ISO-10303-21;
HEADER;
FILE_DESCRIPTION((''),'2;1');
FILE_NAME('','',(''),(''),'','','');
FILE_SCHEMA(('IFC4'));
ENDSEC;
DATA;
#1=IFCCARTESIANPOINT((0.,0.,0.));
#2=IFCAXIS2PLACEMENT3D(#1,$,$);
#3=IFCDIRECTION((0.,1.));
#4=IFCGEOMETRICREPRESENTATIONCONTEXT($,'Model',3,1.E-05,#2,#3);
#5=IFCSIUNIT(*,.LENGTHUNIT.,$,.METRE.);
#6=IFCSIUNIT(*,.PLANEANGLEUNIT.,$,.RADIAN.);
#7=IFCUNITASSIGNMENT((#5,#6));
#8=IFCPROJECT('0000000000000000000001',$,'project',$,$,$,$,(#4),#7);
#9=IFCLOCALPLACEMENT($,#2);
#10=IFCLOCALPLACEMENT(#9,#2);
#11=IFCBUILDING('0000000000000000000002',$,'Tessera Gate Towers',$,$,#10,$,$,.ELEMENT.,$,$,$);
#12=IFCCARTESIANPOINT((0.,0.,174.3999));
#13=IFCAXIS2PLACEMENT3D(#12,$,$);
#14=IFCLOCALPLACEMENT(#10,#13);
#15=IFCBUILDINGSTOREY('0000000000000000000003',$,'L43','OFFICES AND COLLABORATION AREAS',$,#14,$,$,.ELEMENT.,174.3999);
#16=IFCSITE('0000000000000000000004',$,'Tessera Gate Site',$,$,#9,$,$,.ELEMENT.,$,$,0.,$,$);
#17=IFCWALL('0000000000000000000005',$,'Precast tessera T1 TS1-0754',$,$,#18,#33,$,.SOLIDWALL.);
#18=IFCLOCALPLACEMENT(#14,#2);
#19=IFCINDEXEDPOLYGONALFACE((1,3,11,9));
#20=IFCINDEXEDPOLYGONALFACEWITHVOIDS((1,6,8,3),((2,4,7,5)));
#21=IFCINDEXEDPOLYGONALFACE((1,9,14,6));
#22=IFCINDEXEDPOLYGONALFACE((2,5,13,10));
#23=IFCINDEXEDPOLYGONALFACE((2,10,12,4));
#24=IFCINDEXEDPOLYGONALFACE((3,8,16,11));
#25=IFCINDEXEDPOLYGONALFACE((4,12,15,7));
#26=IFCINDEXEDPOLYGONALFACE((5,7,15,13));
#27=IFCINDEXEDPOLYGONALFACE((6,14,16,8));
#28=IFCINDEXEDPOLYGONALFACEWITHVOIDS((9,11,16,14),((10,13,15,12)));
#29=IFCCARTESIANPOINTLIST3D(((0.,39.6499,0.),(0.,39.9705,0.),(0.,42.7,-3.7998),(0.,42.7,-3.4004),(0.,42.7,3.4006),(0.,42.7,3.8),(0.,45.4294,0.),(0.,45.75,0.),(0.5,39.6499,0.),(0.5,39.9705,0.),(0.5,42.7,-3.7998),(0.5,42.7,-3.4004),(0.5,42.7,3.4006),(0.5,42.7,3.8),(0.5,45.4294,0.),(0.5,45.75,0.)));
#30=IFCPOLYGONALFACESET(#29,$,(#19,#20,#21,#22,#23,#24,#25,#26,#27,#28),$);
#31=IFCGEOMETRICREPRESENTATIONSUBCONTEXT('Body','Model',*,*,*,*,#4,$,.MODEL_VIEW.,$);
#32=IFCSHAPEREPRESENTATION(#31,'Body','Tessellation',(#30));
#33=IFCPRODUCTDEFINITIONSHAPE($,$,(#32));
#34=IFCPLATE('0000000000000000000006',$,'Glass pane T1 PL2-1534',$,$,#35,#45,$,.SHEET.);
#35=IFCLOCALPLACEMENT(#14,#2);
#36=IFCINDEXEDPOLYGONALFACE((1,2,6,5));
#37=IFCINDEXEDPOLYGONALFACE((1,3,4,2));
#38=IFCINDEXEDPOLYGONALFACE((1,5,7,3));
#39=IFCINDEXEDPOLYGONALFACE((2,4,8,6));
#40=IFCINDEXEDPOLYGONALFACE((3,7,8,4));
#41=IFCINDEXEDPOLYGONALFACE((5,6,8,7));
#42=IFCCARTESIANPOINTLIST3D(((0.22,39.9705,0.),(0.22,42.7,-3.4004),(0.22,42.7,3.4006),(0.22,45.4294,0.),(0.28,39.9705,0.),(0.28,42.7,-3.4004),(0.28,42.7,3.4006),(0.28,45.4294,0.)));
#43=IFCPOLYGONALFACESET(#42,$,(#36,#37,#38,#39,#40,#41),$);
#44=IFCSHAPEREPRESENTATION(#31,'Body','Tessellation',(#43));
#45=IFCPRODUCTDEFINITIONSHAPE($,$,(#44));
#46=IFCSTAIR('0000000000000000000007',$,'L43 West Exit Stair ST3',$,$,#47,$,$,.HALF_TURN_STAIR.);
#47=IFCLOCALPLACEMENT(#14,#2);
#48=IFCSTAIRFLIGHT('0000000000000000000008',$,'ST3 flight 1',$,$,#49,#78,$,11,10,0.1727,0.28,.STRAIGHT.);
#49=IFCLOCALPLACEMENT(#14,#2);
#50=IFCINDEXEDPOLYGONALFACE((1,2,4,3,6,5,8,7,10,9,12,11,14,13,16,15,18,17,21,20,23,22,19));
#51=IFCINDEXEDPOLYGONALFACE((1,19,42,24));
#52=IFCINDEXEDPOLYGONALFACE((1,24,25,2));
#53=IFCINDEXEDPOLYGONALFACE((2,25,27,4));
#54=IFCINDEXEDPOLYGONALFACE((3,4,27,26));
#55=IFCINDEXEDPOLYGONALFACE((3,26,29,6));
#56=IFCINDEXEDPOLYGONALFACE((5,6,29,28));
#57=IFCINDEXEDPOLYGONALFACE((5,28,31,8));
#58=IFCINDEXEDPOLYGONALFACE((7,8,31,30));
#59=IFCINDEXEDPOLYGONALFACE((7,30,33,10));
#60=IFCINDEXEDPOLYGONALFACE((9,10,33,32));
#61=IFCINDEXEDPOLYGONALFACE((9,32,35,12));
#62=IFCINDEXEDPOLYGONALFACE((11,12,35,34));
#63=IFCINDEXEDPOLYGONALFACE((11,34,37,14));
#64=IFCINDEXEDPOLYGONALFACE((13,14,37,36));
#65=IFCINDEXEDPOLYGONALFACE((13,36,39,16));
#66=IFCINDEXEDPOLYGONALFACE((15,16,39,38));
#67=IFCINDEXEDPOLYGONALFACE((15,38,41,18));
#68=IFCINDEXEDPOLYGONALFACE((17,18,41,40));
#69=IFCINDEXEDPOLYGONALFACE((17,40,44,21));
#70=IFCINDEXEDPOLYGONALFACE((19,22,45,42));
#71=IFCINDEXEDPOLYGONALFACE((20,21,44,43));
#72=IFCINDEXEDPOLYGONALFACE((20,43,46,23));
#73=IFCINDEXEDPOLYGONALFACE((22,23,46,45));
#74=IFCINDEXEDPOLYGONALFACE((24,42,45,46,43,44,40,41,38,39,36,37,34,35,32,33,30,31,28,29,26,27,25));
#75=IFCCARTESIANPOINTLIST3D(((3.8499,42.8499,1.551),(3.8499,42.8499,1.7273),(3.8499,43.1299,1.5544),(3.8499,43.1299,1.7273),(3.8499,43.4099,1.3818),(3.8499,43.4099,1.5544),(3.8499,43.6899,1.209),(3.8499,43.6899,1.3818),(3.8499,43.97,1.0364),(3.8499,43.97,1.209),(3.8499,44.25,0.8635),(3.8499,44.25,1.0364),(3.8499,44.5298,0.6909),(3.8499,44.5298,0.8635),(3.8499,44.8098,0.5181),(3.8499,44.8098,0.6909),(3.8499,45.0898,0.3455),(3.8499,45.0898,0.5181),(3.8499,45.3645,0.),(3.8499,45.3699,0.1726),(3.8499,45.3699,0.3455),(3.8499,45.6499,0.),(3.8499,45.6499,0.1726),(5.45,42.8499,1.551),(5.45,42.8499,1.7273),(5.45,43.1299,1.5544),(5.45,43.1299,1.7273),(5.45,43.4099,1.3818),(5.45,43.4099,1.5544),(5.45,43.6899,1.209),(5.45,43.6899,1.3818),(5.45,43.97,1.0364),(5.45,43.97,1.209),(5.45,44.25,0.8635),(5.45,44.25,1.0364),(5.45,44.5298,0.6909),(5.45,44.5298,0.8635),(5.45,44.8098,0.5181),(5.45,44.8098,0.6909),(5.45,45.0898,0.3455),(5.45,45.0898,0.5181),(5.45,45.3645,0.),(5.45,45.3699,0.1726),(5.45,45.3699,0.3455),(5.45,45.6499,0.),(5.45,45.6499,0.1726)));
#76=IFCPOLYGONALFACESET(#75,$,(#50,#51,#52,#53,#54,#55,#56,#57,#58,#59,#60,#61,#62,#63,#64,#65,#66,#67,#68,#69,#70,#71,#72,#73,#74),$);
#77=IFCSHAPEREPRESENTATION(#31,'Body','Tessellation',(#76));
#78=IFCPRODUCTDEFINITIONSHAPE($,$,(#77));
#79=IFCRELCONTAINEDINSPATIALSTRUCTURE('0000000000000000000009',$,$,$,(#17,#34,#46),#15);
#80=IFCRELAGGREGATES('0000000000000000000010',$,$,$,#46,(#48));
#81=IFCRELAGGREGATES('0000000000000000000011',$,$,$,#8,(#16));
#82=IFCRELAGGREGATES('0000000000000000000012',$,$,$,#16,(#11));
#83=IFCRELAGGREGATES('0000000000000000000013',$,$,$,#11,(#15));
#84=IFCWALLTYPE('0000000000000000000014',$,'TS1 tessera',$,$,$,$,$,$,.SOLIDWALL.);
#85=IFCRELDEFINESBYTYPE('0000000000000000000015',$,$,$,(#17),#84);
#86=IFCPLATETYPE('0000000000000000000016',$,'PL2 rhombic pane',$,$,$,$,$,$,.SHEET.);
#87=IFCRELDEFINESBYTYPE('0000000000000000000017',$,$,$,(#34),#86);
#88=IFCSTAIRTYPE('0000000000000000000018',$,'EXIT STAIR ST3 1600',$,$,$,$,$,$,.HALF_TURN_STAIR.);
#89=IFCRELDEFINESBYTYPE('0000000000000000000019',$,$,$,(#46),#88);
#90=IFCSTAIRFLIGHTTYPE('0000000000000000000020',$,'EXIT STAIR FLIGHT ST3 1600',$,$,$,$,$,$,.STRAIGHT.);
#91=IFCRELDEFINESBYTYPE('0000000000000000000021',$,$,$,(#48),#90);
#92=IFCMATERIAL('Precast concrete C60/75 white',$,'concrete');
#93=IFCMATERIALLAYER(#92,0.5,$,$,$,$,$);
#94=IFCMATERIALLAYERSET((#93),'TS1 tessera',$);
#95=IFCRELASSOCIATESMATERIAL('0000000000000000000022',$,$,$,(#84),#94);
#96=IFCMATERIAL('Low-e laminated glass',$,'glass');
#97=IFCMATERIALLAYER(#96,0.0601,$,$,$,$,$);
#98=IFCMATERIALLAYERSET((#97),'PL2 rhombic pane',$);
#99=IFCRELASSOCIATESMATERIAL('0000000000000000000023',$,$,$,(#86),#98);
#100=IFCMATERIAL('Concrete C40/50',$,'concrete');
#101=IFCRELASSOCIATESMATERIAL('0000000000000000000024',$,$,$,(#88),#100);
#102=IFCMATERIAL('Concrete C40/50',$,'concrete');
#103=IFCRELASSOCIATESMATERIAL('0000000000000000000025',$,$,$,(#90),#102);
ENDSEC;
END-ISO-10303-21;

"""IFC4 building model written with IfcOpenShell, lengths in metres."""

from ifc_helpers import new_model, si_unit, direction, frame, origin, place, context, subcontext, project, spatial, polyline, outline, extrude, source, transform, mapped, material, layer, layer_set, type_object, element, fill, aggregate, save


model = new_model("IFC4")

# Units and contexts
model_context = context("Model", 3, precision=1e-05, world=origin(), true_north=direction((0.0, 1.0)))
body_context = subcontext(model_context, "Body", "Model", "MODEL_VIEW")
ifc_project = project(units=[si_unit("LENGTHUNIT", "METRE"), si_unit("PLANEANGLEUNIT", "RADIAN")], contexts=[model_context])

# Site, building, storey
site_placement = place(None, origin())
site = spatial("IfcSite", under=ifc_project, at=site_placement, Name="Tessera Gate Site", CompositionType="ELEMENT", RefElevation=0.0)
building_placement = place(site_placement, origin())
building = spatial("IfcBuilding", under=site, at=building_placement, Name="Tessera Gate Towers", CompositionType="ELEMENT")
storey_placement = place(building_placement, frame((0.0, 0.0, 174.3999)))
storey = spatial("IfcBuildingStorey", under=building, at=storey_placement, Name="L43", Description="OFFICES AND COLLABORATION AREAS", CompositionType="ELEMENT", Elevation=174.3999)

# Wall, opening, plate
ifc_material_1 = material(Name="Precast concrete C60/75 white", Category="concrete")
ifc_layer_1 = layer(ifc_material_1, 0.5)
ifc_layer_set_1 = layer_set([ifc_layer_1], Name="TS1 tessera")
wall_type_1 = type_object("IfcWallType", Name="TS1 tessera", PredefinedType="SOLIDWALL", material=ifc_layer_set_1)
shared_shape_1 = source(origin(), body_context, "Body", "SweptSolid", [
    extrude(outline(polyline([(3.05, 0.0), (6.1001, 3.7998), (3.05, 7.5999), (0.0, 3.7998), (3.05, 0.0)])), frame((0.0, 0.25, 0.0), z_axis=(0.0, -1.0, 0.0), x_axis=(1.0, 0.0, 0.0)), (0.0, 0.0, 1.0), 0.5),
])
wall_1_placement = place(storey_placement, frame((0.25, 45.75, -3.7998), z_axis=(0.0, 0.0, 1.0), x_axis=(0.0, -1.0, 0.0)))
wall_1 = element("IfcWall", 1, at=wall_1_placement, inside=storey, type_object=wall_type_1, Name="Precast tessera T1 TS1-0754", PredefinedType="SOLIDWALL", context=body_context, shape_type="MappedRepresentation", body=[
    mapped(shared_shape_1, transform((0.0, 0.0, 0.0), scale=1.0)),
])
shared_shape_2 = source(origin(), body_context, "Body", "SweptSolid", [
    extrude(outline(polyline([(3.05, 0.3994), (5.7795, 3.7998), (3.05, 7.2004), (0.3206, 3.7998), (3.05, 0.3994)])), frame((0.0, 0.26, 0.0), z_axis=(0.0, -1.0, 0.0), x_axis=(1.0, 0.0, 0.0)), (0.0, 0.0, 1.0), 0.52),
])
opening_1_placement = place(wall_1_placement, origin())
opening_1 = element("IfcOpeningElement", 2, at=opening_1_placement, cuts=wall_1, PredefinedType="OPENING", context=body_context, shape_type="MappedRepresentation", body=[
    mapped(shared_shape_2, transform((0.0, 0.0, 0.0), scale=1.0)),
])
ifc_material_2 = material(Name="Low-e laminated glass", Category="glass")
ifc_layer_2 = layer(ifc_material_2, 0.0601)
ifc_layer_set_2 = layer_set([ifc_layer_2], Name="PL2 rhombic pane")
plate_type = type_object("IfcPlateType", Name="PL2 rhombic pane", PredefinedType="SHEET", material=ifc_layer_set_2)
shared_shape_3 = source(origin(), body_context, "Body", "SweptSolid", [
    extrude(outline(polyline([(3.05, 0.3994), (5.7795, 3.7998), (3.05, 7.2004), (0.3206, 3.7998), (3.05, 0.3994)])), frame((0.0, 0.03, 0.0), z_axis=(0.0, -1.0, 0.0), x_axis=(1.0, 0.0, 0.0)), (0.0, 0.0, 1.0), 0.0601),
])
plate_placement = place(opening_1_placement, origin())
plate = element("IfcPlate", 3, at=plate_placement, inside=storey, type_object=plate_type, Name="Glass pane T1 PL2-1534", PredefinedType="SHEET", context=body_context, shape_type="MappedRepresentation", body=[
    mapped(shared_shape_3, transform((0.0, 0.0, 0.0), scale=1.0)),
])
fill(opening_1, plate)

# Stair, stair flight
ifc_material_3 = material(Name="Concrete C40/50", Category="concrete")
stair_type = type_object("IfcStairType", Name="EXIT STAIR ST3 1600", PredefinedType="HALF_TURN_STAIR", material=ifc_material_3)
stair_placement = place(storey_placement, origin())
stair = element("IfcStair", 4, at=stair_placement, inside=storey, type_object=stair_type, Name="L43 West Exit Stair ST3", PredefinedType="HALF_TURN_STAIR")
ifc_material_4 = material(Name="Concrete C40/50", Category="concrete")
stair_flight_type = type_object("IfcStairFlightType", Name="EXIT STAIR FLIGHT ST3 1600", PredefinedType="STRAIGHT", material=ifc_material_4)
stair_flight_placement = place(storey_placement, frame((4.6499, 45.6499, 0.0), z_axis=(0.0, 0.0, 1.0), x_axis=(0.0, -1.0, 0.0)))
stair_flight = element("IfcStairFlight", 5, at=stair_flight_placement, type_object=stair_flight_type, Name="ST3 flight 1", NumberOfRisers=11, NumberOfTreads=10, PredefinedType="STRAIGHT", RiserHeight=0.1727, TreadLength=0.28, context=body_context, shape_type="SweptSolid", body=[
    extrude(outline(polyline([(0.0, 0.0), (0.0, 0.1726), (0.28, 0.1726), (0.28, 0.3455), (0.5601, 0.3455), (0.5601, 0.5181), (0.8401, 0.5181), (0.8401, 0.6909), (1.1201, 0.6909), (1.1201, 0.8635), (1.3999, 0.8635), (1.3999, 1.0364), (1.6799, 1.0364), (1.6799, 1.209), (1.96, 1.209), (1.96, 1.3818), (2.24, 1.3818), (2.24, 1.5544), (2.52, 1.5544), (2.52, 1.7273), (2.8, 1.7273), (2.8, 1.8999), (2.8, 1.551), (0.2854, 0.0), (0.0, 0.0)])), frame((0.0, 0.8, 0.0), z_axis=(0.0, -1.0, 0.0), x_axis=(1.0, 0.0, 0.0)), (0.0, 0.0, 1.0), 1.6001),
])
aggregate(stair, [stair_flight])

save(model, "model.ifc")
